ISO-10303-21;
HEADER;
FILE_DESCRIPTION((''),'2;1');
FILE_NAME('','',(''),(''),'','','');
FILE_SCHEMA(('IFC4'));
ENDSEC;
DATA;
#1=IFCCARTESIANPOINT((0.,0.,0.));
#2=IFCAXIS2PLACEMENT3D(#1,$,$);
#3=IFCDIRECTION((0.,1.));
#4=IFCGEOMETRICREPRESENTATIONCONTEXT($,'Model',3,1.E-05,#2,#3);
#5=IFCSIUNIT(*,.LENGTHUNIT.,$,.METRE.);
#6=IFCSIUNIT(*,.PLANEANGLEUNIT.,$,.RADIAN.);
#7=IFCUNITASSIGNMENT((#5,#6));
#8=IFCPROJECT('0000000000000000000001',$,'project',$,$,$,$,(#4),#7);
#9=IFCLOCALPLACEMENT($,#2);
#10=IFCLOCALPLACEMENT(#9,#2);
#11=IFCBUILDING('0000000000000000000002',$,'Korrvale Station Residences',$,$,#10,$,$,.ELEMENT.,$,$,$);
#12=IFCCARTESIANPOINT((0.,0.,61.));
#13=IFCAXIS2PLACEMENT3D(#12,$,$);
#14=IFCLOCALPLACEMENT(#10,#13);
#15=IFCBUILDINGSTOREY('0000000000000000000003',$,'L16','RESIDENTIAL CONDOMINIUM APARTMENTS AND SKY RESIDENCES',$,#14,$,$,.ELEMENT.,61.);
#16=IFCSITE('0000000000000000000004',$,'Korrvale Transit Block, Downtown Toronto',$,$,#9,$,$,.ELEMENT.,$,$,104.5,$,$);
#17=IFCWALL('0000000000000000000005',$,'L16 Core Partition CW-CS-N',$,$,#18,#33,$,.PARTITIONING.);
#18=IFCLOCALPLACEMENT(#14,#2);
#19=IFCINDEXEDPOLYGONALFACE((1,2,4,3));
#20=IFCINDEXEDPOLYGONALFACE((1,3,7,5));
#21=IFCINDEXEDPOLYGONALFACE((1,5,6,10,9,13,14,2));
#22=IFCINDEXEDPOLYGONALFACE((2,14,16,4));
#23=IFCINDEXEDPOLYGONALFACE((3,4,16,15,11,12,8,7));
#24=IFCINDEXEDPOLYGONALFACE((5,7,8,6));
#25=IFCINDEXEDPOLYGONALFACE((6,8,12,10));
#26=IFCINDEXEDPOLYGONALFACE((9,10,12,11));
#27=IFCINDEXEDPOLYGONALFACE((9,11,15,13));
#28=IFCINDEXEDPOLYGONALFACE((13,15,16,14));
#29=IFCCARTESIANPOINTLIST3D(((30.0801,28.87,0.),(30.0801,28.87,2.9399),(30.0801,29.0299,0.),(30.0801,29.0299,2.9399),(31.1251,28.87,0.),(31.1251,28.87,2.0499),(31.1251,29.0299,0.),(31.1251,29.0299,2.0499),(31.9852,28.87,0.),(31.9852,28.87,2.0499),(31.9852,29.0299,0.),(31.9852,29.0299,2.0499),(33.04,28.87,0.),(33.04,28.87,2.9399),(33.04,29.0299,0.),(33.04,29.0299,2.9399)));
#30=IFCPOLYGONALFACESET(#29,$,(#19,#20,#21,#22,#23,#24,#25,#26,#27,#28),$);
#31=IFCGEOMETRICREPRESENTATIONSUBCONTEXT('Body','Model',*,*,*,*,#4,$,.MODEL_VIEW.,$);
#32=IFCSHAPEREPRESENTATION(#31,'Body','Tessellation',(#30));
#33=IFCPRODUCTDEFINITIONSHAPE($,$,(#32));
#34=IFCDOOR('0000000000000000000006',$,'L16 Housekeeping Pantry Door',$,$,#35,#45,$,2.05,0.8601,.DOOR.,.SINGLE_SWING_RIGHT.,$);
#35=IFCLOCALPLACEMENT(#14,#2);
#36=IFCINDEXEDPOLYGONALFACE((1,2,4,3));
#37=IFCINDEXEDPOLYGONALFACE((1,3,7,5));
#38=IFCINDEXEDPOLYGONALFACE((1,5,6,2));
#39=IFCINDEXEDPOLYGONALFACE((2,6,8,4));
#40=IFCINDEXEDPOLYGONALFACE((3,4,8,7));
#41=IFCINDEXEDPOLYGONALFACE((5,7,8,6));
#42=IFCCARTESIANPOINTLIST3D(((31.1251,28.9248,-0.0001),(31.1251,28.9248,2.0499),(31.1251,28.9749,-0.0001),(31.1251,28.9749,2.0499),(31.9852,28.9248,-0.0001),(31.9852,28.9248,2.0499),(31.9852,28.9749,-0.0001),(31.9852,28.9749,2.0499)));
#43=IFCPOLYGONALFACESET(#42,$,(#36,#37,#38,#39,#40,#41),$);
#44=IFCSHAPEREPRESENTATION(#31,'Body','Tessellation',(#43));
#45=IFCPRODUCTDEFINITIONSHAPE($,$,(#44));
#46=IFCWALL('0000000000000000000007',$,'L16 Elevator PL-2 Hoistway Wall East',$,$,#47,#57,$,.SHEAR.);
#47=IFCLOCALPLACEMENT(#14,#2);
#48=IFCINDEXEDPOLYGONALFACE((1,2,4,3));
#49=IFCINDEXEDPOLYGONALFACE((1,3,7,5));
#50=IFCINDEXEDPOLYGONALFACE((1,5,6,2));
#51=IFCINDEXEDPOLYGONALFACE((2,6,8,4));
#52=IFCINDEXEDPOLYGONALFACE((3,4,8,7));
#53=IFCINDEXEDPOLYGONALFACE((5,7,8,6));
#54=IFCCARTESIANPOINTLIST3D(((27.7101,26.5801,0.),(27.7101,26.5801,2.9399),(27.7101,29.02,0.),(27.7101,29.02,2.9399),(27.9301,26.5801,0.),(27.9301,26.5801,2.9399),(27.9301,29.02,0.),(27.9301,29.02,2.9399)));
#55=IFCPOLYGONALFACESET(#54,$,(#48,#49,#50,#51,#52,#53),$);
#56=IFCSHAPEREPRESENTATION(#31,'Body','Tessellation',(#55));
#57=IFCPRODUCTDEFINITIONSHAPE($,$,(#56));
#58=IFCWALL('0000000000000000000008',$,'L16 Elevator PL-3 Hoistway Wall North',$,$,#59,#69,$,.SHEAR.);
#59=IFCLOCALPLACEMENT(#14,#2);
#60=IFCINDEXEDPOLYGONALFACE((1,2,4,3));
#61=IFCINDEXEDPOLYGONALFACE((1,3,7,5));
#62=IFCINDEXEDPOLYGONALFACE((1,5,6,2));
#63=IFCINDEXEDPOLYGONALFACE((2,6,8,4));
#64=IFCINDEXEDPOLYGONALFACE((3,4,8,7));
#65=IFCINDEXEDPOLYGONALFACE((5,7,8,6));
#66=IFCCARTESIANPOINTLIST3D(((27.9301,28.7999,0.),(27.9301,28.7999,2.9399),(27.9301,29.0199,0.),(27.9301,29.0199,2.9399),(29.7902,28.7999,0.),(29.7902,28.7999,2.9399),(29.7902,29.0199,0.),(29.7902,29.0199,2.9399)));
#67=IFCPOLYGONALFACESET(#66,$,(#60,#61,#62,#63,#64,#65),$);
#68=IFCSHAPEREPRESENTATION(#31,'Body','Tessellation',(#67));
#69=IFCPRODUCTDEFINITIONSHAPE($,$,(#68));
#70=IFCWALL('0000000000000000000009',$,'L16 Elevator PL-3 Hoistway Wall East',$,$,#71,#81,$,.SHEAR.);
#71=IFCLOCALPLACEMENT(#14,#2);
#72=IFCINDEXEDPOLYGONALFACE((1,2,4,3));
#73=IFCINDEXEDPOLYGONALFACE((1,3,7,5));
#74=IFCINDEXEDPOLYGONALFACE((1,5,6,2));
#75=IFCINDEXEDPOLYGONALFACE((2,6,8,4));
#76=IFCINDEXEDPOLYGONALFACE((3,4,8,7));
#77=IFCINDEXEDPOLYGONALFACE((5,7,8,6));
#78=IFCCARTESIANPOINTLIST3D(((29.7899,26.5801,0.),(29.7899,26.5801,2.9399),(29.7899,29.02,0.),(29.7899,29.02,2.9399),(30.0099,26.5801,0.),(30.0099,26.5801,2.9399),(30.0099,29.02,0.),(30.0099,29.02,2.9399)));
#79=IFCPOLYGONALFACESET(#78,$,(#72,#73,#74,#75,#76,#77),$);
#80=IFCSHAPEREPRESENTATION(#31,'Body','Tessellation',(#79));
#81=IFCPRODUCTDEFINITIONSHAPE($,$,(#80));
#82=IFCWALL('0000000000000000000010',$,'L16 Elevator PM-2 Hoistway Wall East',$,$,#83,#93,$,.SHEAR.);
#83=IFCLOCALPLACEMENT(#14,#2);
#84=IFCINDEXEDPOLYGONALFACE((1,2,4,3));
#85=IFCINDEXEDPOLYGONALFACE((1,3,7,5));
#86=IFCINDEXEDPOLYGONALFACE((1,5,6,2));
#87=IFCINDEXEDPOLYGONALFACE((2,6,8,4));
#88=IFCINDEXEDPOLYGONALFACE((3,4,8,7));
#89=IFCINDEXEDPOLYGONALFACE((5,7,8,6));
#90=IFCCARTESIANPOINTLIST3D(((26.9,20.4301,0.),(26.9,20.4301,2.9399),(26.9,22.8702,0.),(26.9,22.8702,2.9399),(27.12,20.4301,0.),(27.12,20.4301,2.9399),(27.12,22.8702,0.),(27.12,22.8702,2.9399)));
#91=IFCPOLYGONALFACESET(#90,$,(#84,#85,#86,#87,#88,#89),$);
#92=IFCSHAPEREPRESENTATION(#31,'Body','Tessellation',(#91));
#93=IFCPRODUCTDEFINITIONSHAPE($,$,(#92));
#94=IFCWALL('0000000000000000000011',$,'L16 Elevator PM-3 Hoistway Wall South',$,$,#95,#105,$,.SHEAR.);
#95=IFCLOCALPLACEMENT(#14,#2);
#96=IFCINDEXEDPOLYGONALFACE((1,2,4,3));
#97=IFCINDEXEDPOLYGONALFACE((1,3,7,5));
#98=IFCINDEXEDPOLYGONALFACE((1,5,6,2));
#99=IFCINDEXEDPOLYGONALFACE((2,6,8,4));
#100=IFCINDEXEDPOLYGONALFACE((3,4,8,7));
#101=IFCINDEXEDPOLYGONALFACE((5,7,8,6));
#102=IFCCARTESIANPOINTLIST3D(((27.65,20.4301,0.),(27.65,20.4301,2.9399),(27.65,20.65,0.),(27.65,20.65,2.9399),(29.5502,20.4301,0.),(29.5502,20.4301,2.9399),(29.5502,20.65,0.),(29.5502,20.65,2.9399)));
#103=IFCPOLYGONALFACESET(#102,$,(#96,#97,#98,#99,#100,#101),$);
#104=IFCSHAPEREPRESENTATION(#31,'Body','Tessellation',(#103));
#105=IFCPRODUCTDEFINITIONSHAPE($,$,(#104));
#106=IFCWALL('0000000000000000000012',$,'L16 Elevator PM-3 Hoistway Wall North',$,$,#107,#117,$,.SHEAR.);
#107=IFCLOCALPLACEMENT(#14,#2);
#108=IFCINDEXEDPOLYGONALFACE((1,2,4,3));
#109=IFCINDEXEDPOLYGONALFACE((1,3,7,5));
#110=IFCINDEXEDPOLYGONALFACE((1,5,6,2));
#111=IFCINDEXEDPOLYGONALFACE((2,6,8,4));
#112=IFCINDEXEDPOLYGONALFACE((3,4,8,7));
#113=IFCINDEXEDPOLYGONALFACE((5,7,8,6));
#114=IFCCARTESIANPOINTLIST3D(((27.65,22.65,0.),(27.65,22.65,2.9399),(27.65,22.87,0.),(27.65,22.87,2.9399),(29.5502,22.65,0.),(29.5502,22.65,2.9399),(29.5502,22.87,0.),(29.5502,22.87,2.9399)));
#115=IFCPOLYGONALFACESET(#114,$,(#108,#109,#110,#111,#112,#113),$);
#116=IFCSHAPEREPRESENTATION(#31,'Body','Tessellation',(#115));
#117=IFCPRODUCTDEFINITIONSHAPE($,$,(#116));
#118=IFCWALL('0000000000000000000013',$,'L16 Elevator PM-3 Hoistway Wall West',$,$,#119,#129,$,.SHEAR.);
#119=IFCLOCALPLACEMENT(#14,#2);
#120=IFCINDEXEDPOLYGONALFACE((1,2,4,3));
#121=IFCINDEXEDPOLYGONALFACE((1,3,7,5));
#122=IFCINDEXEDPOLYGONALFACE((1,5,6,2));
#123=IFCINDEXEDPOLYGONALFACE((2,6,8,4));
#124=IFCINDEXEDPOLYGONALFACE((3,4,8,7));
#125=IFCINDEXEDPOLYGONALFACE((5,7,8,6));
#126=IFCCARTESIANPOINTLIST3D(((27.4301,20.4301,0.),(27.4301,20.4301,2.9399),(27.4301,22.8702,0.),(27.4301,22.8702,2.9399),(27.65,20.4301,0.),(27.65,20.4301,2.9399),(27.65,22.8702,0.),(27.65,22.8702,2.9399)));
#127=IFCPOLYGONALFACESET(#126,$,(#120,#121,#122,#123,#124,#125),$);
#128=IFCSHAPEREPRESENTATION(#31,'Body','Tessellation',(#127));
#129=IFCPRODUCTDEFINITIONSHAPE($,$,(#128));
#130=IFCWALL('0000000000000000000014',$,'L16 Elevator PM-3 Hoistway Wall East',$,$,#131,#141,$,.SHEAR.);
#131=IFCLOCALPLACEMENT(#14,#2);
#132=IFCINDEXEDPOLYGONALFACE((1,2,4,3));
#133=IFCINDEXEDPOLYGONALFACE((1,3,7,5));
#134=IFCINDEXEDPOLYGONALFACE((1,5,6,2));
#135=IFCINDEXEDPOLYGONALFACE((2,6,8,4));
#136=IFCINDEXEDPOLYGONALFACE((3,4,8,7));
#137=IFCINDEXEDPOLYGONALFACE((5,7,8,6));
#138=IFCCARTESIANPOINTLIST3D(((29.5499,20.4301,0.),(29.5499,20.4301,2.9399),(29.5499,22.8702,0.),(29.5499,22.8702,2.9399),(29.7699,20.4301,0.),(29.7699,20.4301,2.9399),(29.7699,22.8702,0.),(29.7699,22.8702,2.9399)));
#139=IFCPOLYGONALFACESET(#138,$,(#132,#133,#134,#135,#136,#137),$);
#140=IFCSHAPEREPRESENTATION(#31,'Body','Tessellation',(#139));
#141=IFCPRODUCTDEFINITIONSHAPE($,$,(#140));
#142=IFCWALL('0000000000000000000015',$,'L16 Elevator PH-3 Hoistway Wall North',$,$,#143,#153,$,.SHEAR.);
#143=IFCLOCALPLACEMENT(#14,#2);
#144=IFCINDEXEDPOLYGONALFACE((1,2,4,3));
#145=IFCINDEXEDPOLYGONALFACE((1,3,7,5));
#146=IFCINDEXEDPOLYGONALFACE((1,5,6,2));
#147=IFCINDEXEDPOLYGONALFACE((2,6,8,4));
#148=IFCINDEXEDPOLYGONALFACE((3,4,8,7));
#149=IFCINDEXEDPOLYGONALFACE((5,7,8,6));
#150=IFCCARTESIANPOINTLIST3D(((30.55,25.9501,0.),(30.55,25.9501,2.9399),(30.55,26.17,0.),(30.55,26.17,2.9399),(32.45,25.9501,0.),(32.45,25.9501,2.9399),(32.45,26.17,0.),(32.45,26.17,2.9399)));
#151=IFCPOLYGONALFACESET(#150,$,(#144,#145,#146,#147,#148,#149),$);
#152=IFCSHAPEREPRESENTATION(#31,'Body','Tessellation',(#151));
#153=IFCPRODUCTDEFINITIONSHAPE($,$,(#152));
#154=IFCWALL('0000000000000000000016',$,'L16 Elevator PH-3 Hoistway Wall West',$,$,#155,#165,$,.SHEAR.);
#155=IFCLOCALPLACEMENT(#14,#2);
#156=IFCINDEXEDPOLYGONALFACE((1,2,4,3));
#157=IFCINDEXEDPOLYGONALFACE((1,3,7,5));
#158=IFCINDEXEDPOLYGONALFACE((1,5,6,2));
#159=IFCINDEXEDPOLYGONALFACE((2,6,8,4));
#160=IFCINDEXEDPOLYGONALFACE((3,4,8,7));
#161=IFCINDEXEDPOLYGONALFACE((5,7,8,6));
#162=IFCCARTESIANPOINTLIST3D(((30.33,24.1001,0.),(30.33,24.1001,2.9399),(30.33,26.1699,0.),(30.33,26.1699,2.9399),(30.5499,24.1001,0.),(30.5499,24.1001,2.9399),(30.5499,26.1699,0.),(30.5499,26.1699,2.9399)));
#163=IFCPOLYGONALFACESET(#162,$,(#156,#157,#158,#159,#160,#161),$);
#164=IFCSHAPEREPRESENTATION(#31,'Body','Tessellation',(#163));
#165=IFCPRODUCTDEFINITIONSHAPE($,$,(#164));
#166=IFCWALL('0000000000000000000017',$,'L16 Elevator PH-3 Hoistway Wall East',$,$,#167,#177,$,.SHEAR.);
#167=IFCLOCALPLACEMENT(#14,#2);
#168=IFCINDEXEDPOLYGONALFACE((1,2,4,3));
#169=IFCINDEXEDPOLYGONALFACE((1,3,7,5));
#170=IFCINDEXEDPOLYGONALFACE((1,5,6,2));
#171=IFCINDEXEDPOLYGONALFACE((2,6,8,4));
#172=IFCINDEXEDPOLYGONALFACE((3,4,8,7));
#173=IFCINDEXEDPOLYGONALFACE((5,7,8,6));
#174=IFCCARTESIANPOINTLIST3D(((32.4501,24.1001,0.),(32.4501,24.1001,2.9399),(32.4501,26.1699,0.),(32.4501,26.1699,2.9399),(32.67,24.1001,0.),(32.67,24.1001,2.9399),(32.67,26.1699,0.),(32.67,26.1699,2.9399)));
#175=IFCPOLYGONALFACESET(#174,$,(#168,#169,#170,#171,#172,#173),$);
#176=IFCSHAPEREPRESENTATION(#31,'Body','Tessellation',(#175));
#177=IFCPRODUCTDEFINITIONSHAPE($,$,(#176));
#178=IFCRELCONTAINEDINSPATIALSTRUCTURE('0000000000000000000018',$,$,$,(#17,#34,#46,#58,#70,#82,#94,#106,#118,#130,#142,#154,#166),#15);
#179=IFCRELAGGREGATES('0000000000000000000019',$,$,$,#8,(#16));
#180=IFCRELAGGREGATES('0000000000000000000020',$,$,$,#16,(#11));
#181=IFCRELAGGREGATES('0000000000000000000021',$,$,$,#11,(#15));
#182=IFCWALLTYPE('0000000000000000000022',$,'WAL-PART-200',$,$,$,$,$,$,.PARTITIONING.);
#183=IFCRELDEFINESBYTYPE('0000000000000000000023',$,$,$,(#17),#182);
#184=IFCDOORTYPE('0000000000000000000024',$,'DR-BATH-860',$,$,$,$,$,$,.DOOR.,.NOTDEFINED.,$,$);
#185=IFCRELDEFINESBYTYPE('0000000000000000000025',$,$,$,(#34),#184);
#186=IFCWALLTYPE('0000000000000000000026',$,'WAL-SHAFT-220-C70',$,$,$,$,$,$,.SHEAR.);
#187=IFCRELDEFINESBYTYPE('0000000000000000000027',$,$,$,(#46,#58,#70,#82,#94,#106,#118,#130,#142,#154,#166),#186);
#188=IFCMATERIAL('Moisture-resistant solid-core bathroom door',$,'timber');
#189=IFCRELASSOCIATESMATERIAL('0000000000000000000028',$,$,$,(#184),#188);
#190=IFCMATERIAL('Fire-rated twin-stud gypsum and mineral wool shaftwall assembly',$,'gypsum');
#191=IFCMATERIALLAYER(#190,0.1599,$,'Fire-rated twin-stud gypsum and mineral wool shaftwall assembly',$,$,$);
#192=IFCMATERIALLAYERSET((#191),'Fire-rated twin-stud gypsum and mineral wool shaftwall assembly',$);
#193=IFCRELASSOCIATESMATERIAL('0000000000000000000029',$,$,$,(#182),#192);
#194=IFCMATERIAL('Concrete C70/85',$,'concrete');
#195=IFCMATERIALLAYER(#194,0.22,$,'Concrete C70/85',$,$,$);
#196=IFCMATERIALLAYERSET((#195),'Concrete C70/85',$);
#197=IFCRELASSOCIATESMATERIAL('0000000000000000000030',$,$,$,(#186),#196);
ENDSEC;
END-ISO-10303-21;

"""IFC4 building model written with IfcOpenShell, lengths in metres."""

from ifc_helpers import new_model, si_unit, direction, frame, frame_2d, origin, place, context, subcontext, project, spatial, rectangle, extrude, material, layer, layer_set, type_object, element, fill, save


model = new_model("IFC4")

# Units and contexts
model_context = context("Model", 3, precision=1e-05, world=origin(), true_north=direction((0.0, 1.0)))
body_context = subcontext(model_context, "Body", "Model", "MODEL_VIEW")
ifc_project = project(units=[si_unit("LENGTHUNIT", "METRE"), si_unit("PLANEANGLEUNIT", "RADIAN")], contexts=[model_context])

# Site, building, storey
site_placement = place(None, origin())
site = spatial("IfcSite", under=ifc_project, at=site_placement, Name="Korrvale Transit Block, Downtown Toronto", CompositionType="ELEMENT", RefElevation=104.5)
building_placement = place(site_placement, origin())
building = spatial("IfcBuilding", under=site, at=building_placement, Name="Korrvale Station Residences", CompositionType="ELEMENT")
storey_placement = place(building_placement, frame((0.0, 0.0, 61.0)))
storey = spatial("IfcBuildingStorey", under=building, at=storey_placement, Name="L16", Description="RESIDENTIAL CONDOMINIUM APARTMENTS AND SKY RESIDENCES", CompositionType="ELEMENT", Elevation=61.0)

# Shared definitions
ifc_material_1 = material(Name="Concrete C70/85", Category="concrete")

# Shared definitions
ifc_material_2 = material(Name="Moisture-resistant solid-core bathroom door", Category="timber")
door_type_1 = type_object("IfcDoorType", Name="DR-BATH-860", OperationType="NOTDEFINED", PredefinedType="DOOR", material=ifc_material_2)

# Shared definitions
ifc_material_3 = material(Name="Fire-rated twin-stud gypsum and mineral wool shaftwall assembly", Category="gypsum")
ifc_layer_1 = layer(ifc_material_3, 0.1599, Name="Fire-rated twin-stud gypsum and mineral wool shaftwall assembly")
ifc_layer_set_1 = layer_set([ifc_layer_1], Name="Fire-rated twin-stud gypsum and mineral wool shaftwall assembly")
wall_type_1 = type_object("IfcWallType", Name="WAL-PART-200", PredefinedType="PARTITIONING", material=ifc_layer_set_1)

# Wall, opening, door
wall_1_placement = place(storey_placement, frame((30.0801, 28.95, 0.0), z_axis=(0.0, 0.0, 1.0), x_axis=(1.0, 0.0, 0.0)))
wall_1 = element("IfcWall", 1, at=wall_1_placement, inside=storey, type_object=wall_type_1, Name="L16 Core Partition CW-CS-N", PredefinedType="PARTITIONING", context=body_context, shape_type="SweptSolid", body=[
    extrude(rectangle(XDim=2.96, YDim=0.1599, at=frame_2d((1.48, 0.0))), origin(), (0.0, 0.0, 1.0), 2.9399),
])
opening_1_placement = place(wall_1_placement, frame((1.0449, 0.0, 0.0)))
opening_1 = element("IfcOpeningElement", 2, at=opening_1_placement, cuts=wall_1, PredefinedType="OPENING", context=body_context, shape_type="SweptSolid", body=[
    extrude(rectangle(XDim=0.8601, YDim=2.05, at=frame_2d((0.4302, 1.0249))), frame((0.0, 0.0898, 0.0), z_axis=(0.0, -1.0, 0.0), x_axis=(1.0, 0.0, 0.0)), (0.0, 0.0, 1.0), 0.1799),
])
door_1_placement = place(opening_1_placement, origin())
door_1 = element("IfcDoor", 3, at=door_1_placement, inside=storey, type_object=door_type_1, Name="L16 Housekeeping Pantry Door", OperationType="SINGLE_SWING_RIGHT", OverallHeight=2.05, OverallWidth=0.8601, PredefinedType="DOOR", context=body_context, shape_type="SweptSolid", body=[
    extrude(rectangle(XDim=0.8601, YDim=2.05, at=frame_2d((0.4302, 1.0249))), frame((0.0, 0.0249, 0.0), z_axis=(0.0, -1.0, 0.0), x_axis=(1.0, 0.0, 0.0)), (0.0, 0.0, 1.0), 0.05),
])
fill(opening_1, door_1)

# Wall
ifc_layer_2 = layer(ifc_material_1, 0.22, Name="Concrete C70/85")
ifc_layer_set_2 = layer_set([ifc_layer_2], Name="Concrete C70/85")
wall_type_2 = type_object("IfcWallType", Name="WAL-SHAFT-220-C70", PredefinedType="SHEAR", material=ifc_layer_set_2)
wall_2_placement = place(storey_placement, frame((27.8201, 26.5801, 0.0), z_axis=(0.0, 0.0, 1.0), x_axis=(0.0, 1.0, 0.0)))
element("IfcWall", 4, at=wall_2_placement, inside=storey, type_object=wall_type_2, Name="L16 Elevator PL-2 Hoistway Wall East", PredefinedType="SHEAR", context=body_context, shape_type="SweptSolid", body=[
    extrude(rectangle(XDim=2.4399, YDim=0.22, at=frame_2d((1.22, 0.0))), origin(), (0.0, 0.0, 1.0), 2.9399),
])

# Walls
wall_3_placement = place(storey_placement, frame((27.9299, 28.9099, 0.0), z_axis=(0.0, 0.0, 1.0), x_axis=(1.0, 0.0, 0.0)))
element("IfcWall", 5, at=wall_3_placement, inside=storey, type_object=wall_type_2, Name="L16 Elevator PL-3 Hoistway Wall North", PredefinedType="SHEAR", context=body_context, shape_type="SweptSolid", body=[
    extrude(rectangle(XDim=1.8601, YDim=0.22, at=frame_2d((0.9302, 0.0))), origin(), (0.0, 0.0, 1.0), 2.9399),
])
wall_4_placement = place(storey_placement, frame((29.8999, 26.5801, 0.0), z_axis=(0.0, 0.0, 1.0), x_axis=(0.0, 1.0, 0.0)))
element("IfcWall", 6, at=wall_4_placement, inside=storey, type_object=wall_type_2, Name="L16 Elevator PL-3 Hoistway Wall East", PredefinedType="SHEAR", context=body_context, shape_type="SweptSolid", body=[
    extrude(rectangle(XDim=2.4399, YDim=0.22, at=frame_2d((1.22, 0.0))), origin(), (0.0, 0.0, 1.0), 2.9399),
])
wall_5_placement = place(storey_placement, frame((27.01, 20.4299, 0.0), z_axis=(0.0, 0.0, 1.0), x_axis=(0.0, 1.0, 0.0)))
element("IfcWall", 7, at=wall_5_placement, inside=storey, type_object=wall_type_2, Name="L16 Elevator PM-2 Hoistway Wall East", PredefinedType="SHEAR", context=body_context, shape_type="SweptSolid", body=[
    extrude(rectangle(XDim=2.4402, YDim=0.22, at=frame_2d((1.2202, 0.0))), origin(), (0.0, 0.0, 1.0), 2.9399),
])
for number, where, z_axis, x_axis, name in (
    (8, (27.6499, 20.54, 0.0), (0.0, 0.0, 1.0), (1.0, 0.0, 0.0), "L16 Elevator PM-3 Hoistway Wall South"),
    (9, (27.6499, 22.76, 0.0), (0.0, 0.0, 1.0), (1.0, 0.0, 0.0), "L16 Elevator PM-3 Hoistway Wall North"),
):
    element("IfcWall", number, at=place(storey_placement, frame(where, z_axis=z_axis, x_axis=x_axis)), inside=storey, type_object=wall_type_2, Name=name, PredefinedType="SHEAR", context=body_context, shape_type="SweptSolid", body=[
        extrude(rectangle(XDim=1.9001, YDim=0.22, at=frame_2d((0.9502, 0.0))), origin(), (0.0, 0.0, 1.0), 2.9399),
    ])
for number, where, z_axis, x_axis, name in (
    (10, (27.54, 20.4299, 0.0), (0.0, 0.0, 1.0), (0.0, 1.0, 0.0), "L16 Elevator PM-3 Hoistway Wall West"),
    (11, (29.6599, 20.4299, 0.0), (0.0, 0.0, 1.0), (0.0, 1.0, 0.0), "L16 Elevator PM-3 Hoistway Wall East"),
):
    element("IfcWall", number, at=place(storey_placement, frame(where, z_axis=z_axis, x_axis=x_axis)), inside=storey, type_object=wall_type_2, Name=name, PredefinedType="SHEAR", context=body_context, shape_type="SweptSolid", body=[
        extrude(rectangle(XDim=2.4402, YDim=0.22, at=frame_2d((1.2202, 0.0))), origin(), (0.0, 0.0, 1.0), 2.9399),
    ])
wall_6_placement = place(storey_placement, frame((30.55, 26.0601, 0.0), z_axis=(0.0, 0.0, 1.0), x_axis=(1.0, 0.0, 0.0)))
element("IfcWall", 12, at=wall_6_placement, inside=storey, type_object=wall_type_2, Name="L16 Elevator PH-3 Hoistway Wall North", PredefinedType="SHEAR", context=body_context, shape_type="SweptSolid", body=[
    extrude(rectangle(XDim=1.8999, YDim=0.22, at=frame_2d((0.95, 0.0))), origin(), (0.0, 0.0, 1.0), 2.9399),
])
for number, where, z_axis, x_axis, name in (
    (13, (30.4399, 24.1001, 0.0), (0.0, 0.0, 1.0), (0.0, 1.0, 0.0), "L16 Elevator PH-3 Hoistway Wall West"),
    (14, (32.5601, 24.1001, 0.0), (0.0, 0.0, 1.0), (0.0, 1.0, 0.0), "L16 Elevator PH-3 Hoistway Wall East"),
):
    element("IfcWall", number, at=place(storey_placement, frame(where, z_axis=z_axis, x_axis=x_axis)), inside=storey, type_object=wall_type_2, Name=name, PredefinedType="SHEAR", context=body_context, shape_type="SweptSolid", body=[
        extrude(rectangle(XDim=2.0698, YDim=0.22, at=frame_2d((1.0349, 0.0))), origin(), (0.0, 0.0, 1.0), 2.9399),
    ])

save(model, "model.ifc")
